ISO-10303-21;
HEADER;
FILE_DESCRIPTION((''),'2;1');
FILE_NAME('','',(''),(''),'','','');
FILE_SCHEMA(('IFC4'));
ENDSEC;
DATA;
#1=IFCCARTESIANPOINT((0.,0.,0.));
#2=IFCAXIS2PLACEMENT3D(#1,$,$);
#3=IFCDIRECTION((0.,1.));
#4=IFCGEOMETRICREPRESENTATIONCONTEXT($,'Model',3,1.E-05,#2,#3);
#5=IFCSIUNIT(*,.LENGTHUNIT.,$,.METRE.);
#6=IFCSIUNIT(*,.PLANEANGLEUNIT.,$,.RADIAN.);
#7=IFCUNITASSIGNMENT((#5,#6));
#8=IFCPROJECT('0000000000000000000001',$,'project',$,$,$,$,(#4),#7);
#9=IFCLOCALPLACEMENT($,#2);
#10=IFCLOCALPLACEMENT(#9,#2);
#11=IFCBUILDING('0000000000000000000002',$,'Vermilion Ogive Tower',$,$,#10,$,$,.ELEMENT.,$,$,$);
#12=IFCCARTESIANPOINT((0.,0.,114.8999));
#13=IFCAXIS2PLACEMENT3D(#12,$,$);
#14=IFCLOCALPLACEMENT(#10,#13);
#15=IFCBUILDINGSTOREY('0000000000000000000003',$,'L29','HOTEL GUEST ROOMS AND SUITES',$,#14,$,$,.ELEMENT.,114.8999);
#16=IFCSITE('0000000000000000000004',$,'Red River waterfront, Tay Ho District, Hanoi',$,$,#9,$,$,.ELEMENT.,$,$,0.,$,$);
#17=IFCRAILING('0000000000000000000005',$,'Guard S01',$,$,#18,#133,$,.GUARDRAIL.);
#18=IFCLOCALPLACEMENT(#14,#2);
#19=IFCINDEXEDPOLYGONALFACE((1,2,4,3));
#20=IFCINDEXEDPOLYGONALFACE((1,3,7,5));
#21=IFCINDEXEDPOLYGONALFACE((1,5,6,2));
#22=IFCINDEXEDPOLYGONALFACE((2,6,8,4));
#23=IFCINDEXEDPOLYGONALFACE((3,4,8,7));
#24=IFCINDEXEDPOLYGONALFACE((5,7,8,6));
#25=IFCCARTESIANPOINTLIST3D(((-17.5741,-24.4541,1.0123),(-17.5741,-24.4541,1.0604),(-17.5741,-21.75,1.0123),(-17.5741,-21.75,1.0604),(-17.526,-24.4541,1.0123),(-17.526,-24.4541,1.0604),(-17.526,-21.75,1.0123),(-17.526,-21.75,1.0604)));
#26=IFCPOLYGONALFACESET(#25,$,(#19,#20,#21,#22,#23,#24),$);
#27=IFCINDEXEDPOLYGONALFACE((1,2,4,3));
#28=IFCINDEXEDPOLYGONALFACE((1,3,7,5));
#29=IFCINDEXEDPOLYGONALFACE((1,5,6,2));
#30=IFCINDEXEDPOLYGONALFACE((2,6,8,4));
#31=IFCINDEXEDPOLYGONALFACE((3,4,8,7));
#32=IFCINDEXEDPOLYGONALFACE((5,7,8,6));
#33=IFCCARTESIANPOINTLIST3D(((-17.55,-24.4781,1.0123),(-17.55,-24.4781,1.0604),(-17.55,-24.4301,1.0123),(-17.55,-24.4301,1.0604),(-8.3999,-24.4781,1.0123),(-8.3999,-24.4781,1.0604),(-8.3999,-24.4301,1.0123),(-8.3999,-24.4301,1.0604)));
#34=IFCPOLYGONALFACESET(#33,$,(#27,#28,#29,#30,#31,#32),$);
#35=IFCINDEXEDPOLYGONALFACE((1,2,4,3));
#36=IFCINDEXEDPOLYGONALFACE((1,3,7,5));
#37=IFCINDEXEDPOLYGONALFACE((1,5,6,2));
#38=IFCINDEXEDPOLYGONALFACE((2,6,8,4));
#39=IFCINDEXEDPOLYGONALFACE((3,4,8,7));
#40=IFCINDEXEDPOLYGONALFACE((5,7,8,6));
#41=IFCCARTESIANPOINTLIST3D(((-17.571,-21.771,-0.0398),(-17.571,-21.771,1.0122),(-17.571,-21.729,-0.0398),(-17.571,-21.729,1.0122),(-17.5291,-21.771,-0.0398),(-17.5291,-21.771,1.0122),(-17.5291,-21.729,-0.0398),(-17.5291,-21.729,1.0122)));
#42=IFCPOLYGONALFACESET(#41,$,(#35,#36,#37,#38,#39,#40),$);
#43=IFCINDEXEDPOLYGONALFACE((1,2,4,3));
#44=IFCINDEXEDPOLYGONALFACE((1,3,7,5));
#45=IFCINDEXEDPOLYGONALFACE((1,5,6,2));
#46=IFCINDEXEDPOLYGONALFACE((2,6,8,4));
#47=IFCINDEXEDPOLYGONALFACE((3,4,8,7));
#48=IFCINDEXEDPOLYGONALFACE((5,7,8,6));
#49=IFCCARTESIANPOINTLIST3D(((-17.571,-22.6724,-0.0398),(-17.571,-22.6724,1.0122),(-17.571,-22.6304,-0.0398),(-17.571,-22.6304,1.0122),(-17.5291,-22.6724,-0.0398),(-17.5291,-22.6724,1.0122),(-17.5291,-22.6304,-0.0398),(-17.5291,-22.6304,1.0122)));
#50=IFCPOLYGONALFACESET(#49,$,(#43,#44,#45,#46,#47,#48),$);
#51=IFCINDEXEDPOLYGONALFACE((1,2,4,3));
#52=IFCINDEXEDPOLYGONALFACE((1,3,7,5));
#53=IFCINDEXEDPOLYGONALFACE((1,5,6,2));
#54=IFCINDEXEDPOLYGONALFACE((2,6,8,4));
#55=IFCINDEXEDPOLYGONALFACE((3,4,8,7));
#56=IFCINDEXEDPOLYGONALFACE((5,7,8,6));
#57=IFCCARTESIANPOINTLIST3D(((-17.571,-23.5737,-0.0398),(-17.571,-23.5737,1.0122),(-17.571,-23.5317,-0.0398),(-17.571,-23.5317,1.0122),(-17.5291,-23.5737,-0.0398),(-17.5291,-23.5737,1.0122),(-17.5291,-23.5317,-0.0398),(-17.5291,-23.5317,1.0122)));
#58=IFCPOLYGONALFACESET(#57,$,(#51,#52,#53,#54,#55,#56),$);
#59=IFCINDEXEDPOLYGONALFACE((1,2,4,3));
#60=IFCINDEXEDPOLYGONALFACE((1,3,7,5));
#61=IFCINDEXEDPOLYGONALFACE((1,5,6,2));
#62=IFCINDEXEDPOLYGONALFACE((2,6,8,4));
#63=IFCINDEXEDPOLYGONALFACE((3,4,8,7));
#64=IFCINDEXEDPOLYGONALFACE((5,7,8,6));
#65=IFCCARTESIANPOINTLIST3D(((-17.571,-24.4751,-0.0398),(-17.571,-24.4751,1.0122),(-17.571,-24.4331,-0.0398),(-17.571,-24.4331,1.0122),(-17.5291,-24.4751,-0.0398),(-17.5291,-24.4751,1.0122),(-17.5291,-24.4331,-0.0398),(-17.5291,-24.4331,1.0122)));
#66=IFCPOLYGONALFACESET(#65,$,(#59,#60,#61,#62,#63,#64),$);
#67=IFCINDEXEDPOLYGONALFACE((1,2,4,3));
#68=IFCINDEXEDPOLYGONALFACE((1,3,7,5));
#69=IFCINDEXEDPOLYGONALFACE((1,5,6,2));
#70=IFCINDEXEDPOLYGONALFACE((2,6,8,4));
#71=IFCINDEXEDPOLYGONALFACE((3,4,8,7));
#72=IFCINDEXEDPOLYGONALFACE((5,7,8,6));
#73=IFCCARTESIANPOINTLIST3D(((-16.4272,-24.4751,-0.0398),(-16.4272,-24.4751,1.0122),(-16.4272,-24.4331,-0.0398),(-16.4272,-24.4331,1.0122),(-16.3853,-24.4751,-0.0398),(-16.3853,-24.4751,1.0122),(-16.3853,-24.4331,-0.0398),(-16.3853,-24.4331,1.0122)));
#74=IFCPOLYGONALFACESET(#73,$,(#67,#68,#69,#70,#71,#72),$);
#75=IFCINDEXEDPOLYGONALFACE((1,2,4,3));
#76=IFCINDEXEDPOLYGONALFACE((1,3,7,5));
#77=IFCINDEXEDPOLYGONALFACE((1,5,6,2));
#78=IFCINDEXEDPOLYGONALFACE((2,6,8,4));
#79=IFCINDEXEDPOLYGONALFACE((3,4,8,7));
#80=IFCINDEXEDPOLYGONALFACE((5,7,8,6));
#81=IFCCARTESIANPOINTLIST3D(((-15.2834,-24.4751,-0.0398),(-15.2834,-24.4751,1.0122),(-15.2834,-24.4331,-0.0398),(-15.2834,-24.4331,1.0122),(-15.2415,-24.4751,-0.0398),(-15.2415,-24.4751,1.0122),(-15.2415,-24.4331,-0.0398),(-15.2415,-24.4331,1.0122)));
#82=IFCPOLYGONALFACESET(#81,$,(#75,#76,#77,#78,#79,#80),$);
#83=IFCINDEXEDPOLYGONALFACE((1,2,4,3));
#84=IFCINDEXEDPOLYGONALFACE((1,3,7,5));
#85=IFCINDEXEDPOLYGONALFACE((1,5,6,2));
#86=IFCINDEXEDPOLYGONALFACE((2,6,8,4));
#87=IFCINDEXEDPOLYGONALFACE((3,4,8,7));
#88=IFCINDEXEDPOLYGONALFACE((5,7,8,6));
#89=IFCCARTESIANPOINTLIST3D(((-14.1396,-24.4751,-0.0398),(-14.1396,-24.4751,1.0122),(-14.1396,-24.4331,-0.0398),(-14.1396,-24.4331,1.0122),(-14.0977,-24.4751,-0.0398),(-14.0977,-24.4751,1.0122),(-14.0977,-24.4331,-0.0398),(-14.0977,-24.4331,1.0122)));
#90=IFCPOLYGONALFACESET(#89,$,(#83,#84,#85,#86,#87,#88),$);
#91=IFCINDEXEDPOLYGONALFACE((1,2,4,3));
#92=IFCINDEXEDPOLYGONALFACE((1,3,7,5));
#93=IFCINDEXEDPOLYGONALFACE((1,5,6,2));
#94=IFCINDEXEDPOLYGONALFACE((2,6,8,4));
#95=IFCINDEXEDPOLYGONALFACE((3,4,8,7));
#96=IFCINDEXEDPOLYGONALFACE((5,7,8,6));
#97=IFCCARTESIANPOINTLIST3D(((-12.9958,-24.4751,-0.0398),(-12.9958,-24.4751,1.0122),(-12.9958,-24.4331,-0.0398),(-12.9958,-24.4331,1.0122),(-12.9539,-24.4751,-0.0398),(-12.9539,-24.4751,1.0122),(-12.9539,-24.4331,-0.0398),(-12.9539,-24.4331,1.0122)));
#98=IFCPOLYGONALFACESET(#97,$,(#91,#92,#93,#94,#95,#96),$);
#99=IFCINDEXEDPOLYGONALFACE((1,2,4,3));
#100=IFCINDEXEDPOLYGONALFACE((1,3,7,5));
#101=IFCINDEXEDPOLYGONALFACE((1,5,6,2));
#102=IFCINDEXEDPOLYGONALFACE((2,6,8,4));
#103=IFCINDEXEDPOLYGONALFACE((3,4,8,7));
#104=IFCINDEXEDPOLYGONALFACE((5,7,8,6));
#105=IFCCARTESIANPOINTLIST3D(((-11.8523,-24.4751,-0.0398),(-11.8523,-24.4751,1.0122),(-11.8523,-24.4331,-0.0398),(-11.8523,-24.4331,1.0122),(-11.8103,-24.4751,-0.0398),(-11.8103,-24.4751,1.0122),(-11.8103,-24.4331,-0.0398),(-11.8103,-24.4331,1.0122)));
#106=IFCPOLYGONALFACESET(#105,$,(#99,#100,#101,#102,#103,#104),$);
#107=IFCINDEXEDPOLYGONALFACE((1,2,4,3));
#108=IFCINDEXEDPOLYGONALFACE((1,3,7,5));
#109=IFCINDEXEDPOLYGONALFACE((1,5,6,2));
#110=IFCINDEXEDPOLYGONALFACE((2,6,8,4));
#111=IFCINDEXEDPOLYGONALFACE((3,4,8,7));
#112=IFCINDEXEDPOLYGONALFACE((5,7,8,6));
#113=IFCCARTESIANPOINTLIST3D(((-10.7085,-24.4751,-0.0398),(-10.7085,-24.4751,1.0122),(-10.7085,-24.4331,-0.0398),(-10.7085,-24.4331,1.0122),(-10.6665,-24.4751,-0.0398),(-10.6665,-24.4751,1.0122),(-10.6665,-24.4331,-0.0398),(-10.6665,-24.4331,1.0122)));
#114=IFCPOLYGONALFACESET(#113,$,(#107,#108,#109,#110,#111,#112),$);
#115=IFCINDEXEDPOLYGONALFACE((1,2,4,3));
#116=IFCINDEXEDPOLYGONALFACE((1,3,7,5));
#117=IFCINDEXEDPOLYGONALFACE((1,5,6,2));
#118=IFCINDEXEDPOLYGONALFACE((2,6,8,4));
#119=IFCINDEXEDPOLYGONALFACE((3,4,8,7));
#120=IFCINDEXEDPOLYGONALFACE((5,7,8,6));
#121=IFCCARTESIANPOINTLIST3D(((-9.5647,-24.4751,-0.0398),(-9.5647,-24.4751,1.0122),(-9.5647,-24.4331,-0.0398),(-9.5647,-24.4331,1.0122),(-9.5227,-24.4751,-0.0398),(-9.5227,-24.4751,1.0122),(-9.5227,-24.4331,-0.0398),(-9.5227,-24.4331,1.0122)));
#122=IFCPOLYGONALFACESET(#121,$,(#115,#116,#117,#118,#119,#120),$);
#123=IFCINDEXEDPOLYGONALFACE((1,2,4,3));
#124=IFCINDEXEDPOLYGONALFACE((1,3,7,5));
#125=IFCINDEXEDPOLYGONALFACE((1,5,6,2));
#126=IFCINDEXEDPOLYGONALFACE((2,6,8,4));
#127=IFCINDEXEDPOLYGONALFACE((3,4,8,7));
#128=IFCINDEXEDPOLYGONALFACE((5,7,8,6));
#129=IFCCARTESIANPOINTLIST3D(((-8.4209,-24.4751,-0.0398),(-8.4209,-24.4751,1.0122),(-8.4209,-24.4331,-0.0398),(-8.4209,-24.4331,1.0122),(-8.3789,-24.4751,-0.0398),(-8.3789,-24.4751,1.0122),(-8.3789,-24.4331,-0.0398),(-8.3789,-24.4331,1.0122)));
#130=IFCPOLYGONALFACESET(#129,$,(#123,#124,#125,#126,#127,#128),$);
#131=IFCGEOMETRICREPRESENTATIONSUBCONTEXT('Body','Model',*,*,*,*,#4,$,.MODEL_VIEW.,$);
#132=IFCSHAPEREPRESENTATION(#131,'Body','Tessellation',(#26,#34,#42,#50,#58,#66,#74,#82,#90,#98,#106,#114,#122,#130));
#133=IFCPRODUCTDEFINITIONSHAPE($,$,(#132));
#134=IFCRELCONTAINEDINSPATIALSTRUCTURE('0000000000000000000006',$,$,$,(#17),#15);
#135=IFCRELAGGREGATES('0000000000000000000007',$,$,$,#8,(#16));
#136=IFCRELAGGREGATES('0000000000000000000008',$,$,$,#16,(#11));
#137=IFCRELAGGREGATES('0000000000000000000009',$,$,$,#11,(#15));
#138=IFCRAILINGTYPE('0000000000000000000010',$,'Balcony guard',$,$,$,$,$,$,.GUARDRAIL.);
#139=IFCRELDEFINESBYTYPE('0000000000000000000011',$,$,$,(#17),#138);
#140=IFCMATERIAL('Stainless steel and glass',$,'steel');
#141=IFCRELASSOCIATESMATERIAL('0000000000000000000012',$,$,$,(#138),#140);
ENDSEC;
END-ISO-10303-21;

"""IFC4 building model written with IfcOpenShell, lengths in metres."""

from ifc_helpers import new_model, si_unit, direction, frame, origin, origin_2d, place, context, subcontext, project, spatial, rectangle, extrude, material, type_object, element, save


model = new_model("IFC4")

# Units and contexts
model_context = context("Model", 3, precision=1e-05, world=origin(), true_north=direction((0.0, 1.0)))
body_context = subcontext(model_context, "Body", "Model", "MODEL_VIEW")
ifc_project = project(units=[si_unit("LENGTHUNIT", "METRE"), si_unit("PLANEANGLEUNIT", "RADIAN")], contexts=[model_context])

# Site, building, storey
site_placement = place(None, origin())
site = spatial("IfcSite", under=ifc_project, at=site_placement, Name="Red River waterfront, Tay Ho District, Hanoi", CompositionType="ELEMENT", RefElevation=0.0)
building_placement = place(site_placement, origin())
building = spatial("IfcBuilding", under=site, at=building_placement, Name="Vermilion Ogive Tower", CompositionType="ELEMENT")
storey_placement = place(building_placement, frame((0.0, 0.0, 114.8999)))
storey = spatial("IfcBuildingStorey", under=building, at=storey_placement, Name="L29", Description="HOTEL GUEST ROOMS AND SUITES", CompositionType="ELEMENT", Elevation=114.8999)

# Railing
ifc_material_1 = material(Name="Stainless steel and glass", Category="steel")
railing_type = type_object("IfcRailingType", Name="Balcony guard", PredefinedType="GUARDRAIL", material=ifc_material_1)
railing_placement = place(storey_placement, frame((-17.55, -21.75, -0.0398)))
element("IfcRailing", 1, at=railing_placement, inside=storey, type_object=railing_type, Name="Guard S01", PredefinedType="GUARDRAIL", context=body_context, shape_type="SweptSolid", body=[
    extrude(rectangle(XDim=0.0481, YDim=0.0481, at=origin_2d()), frame((0.0, 0.0, 1.0762), z_axis=(0.0, -1.0, 0.0), x_axis=(1.0, 0.0, 0.0)), (0.0, 0.0, 1.0), 2.7041),
    extrude(rectangle(XDim=0.0481, YDim=0.0481, at=origin_2d()), frame((0.0, -2.7041, 1.0762), z_axis=(1.0, 0.0, 0.0), x_axis=(0.0, 1.0, 0.0)), (0.0, 0.0, 1.0), 9.1501),
    extrude(rectangle(XDim=0.042, YDim=0.042, at=origin_2d()), origin(), (0.0, 0.0, 1.0), 1.052),
    extrude(rectangle(XDim=0.042, YDim=0.042, at=origin_2d()), frame((0.0, -0.9014, 0.0)), (0.0, 0.0, 1.0), 1.052),
    extrude(rectangle(XDim=0.042, YDim=0.042, at=origin_2d()), frame((0.0, -1.8027, 0.0)), (0.0, 0.0, 1.0), 1.052),
    extrude(rectangle(XDim=0.042, YDim=0.042, at=origin_2d()), frame((0.0, -2.7041, 0.0)), (0.0, 0.0, 1.0), 1.052),
    extrude(rectangle(XDim=0.042, YDim=0.042, at=origin_2d()), frame((1.1438, -2.7041, 0.0)), (0.0, 0.0, 1.0), 1.052),
    extrude(rectangle(XDim=0.042, YDim=0.042, at=origin_2d()), frame((2.2876, -2.7041, 0.0)), (0.0, 0.0, 1.0), 1.052),
    extrude(rectangle(XDim=0.042, YDim=0.042, at=origin_2d()), frame((3.4314, -2.7041, 0.0)), (0.0, 0.0, 1.0), 1.052),
    extrude(rectangle(XDim=0.042, YDim=0.042, at=origin_2d()), frame((4.5752, -2.7041, 0.0)), (0.0, 0.0, 1.0), 1.052),
    extrude(rectangle(XDim=0.042, YDim=0.042, at=origin_2d()), frame((5.7188, -2.7041, 0.0)), (0.0, 0.0, 1.0), 1.052),
    extrude(rectangle(XDim=0.042, YDim=0.042, at=origin_2d()), frame((6.8625, -2.7041, 0.0)), (0.0, 0.0, 1.0), 1.052),
    extrude(rectangle(XDim=0.042, YDim=0.042, at=origin_2d()), frame((8.0063, -2.7041, 0.0)), (0.0, 0.0, 1.0), 1.052),
    extrude(rectangle(XDim=0.042, YDim=0.042, at=origin_2d()), frame((9.1501, -2.7041, 0.0)), (0.0, 0.0, 1.0), 1.052),
])

save(model, "model.ifc")
